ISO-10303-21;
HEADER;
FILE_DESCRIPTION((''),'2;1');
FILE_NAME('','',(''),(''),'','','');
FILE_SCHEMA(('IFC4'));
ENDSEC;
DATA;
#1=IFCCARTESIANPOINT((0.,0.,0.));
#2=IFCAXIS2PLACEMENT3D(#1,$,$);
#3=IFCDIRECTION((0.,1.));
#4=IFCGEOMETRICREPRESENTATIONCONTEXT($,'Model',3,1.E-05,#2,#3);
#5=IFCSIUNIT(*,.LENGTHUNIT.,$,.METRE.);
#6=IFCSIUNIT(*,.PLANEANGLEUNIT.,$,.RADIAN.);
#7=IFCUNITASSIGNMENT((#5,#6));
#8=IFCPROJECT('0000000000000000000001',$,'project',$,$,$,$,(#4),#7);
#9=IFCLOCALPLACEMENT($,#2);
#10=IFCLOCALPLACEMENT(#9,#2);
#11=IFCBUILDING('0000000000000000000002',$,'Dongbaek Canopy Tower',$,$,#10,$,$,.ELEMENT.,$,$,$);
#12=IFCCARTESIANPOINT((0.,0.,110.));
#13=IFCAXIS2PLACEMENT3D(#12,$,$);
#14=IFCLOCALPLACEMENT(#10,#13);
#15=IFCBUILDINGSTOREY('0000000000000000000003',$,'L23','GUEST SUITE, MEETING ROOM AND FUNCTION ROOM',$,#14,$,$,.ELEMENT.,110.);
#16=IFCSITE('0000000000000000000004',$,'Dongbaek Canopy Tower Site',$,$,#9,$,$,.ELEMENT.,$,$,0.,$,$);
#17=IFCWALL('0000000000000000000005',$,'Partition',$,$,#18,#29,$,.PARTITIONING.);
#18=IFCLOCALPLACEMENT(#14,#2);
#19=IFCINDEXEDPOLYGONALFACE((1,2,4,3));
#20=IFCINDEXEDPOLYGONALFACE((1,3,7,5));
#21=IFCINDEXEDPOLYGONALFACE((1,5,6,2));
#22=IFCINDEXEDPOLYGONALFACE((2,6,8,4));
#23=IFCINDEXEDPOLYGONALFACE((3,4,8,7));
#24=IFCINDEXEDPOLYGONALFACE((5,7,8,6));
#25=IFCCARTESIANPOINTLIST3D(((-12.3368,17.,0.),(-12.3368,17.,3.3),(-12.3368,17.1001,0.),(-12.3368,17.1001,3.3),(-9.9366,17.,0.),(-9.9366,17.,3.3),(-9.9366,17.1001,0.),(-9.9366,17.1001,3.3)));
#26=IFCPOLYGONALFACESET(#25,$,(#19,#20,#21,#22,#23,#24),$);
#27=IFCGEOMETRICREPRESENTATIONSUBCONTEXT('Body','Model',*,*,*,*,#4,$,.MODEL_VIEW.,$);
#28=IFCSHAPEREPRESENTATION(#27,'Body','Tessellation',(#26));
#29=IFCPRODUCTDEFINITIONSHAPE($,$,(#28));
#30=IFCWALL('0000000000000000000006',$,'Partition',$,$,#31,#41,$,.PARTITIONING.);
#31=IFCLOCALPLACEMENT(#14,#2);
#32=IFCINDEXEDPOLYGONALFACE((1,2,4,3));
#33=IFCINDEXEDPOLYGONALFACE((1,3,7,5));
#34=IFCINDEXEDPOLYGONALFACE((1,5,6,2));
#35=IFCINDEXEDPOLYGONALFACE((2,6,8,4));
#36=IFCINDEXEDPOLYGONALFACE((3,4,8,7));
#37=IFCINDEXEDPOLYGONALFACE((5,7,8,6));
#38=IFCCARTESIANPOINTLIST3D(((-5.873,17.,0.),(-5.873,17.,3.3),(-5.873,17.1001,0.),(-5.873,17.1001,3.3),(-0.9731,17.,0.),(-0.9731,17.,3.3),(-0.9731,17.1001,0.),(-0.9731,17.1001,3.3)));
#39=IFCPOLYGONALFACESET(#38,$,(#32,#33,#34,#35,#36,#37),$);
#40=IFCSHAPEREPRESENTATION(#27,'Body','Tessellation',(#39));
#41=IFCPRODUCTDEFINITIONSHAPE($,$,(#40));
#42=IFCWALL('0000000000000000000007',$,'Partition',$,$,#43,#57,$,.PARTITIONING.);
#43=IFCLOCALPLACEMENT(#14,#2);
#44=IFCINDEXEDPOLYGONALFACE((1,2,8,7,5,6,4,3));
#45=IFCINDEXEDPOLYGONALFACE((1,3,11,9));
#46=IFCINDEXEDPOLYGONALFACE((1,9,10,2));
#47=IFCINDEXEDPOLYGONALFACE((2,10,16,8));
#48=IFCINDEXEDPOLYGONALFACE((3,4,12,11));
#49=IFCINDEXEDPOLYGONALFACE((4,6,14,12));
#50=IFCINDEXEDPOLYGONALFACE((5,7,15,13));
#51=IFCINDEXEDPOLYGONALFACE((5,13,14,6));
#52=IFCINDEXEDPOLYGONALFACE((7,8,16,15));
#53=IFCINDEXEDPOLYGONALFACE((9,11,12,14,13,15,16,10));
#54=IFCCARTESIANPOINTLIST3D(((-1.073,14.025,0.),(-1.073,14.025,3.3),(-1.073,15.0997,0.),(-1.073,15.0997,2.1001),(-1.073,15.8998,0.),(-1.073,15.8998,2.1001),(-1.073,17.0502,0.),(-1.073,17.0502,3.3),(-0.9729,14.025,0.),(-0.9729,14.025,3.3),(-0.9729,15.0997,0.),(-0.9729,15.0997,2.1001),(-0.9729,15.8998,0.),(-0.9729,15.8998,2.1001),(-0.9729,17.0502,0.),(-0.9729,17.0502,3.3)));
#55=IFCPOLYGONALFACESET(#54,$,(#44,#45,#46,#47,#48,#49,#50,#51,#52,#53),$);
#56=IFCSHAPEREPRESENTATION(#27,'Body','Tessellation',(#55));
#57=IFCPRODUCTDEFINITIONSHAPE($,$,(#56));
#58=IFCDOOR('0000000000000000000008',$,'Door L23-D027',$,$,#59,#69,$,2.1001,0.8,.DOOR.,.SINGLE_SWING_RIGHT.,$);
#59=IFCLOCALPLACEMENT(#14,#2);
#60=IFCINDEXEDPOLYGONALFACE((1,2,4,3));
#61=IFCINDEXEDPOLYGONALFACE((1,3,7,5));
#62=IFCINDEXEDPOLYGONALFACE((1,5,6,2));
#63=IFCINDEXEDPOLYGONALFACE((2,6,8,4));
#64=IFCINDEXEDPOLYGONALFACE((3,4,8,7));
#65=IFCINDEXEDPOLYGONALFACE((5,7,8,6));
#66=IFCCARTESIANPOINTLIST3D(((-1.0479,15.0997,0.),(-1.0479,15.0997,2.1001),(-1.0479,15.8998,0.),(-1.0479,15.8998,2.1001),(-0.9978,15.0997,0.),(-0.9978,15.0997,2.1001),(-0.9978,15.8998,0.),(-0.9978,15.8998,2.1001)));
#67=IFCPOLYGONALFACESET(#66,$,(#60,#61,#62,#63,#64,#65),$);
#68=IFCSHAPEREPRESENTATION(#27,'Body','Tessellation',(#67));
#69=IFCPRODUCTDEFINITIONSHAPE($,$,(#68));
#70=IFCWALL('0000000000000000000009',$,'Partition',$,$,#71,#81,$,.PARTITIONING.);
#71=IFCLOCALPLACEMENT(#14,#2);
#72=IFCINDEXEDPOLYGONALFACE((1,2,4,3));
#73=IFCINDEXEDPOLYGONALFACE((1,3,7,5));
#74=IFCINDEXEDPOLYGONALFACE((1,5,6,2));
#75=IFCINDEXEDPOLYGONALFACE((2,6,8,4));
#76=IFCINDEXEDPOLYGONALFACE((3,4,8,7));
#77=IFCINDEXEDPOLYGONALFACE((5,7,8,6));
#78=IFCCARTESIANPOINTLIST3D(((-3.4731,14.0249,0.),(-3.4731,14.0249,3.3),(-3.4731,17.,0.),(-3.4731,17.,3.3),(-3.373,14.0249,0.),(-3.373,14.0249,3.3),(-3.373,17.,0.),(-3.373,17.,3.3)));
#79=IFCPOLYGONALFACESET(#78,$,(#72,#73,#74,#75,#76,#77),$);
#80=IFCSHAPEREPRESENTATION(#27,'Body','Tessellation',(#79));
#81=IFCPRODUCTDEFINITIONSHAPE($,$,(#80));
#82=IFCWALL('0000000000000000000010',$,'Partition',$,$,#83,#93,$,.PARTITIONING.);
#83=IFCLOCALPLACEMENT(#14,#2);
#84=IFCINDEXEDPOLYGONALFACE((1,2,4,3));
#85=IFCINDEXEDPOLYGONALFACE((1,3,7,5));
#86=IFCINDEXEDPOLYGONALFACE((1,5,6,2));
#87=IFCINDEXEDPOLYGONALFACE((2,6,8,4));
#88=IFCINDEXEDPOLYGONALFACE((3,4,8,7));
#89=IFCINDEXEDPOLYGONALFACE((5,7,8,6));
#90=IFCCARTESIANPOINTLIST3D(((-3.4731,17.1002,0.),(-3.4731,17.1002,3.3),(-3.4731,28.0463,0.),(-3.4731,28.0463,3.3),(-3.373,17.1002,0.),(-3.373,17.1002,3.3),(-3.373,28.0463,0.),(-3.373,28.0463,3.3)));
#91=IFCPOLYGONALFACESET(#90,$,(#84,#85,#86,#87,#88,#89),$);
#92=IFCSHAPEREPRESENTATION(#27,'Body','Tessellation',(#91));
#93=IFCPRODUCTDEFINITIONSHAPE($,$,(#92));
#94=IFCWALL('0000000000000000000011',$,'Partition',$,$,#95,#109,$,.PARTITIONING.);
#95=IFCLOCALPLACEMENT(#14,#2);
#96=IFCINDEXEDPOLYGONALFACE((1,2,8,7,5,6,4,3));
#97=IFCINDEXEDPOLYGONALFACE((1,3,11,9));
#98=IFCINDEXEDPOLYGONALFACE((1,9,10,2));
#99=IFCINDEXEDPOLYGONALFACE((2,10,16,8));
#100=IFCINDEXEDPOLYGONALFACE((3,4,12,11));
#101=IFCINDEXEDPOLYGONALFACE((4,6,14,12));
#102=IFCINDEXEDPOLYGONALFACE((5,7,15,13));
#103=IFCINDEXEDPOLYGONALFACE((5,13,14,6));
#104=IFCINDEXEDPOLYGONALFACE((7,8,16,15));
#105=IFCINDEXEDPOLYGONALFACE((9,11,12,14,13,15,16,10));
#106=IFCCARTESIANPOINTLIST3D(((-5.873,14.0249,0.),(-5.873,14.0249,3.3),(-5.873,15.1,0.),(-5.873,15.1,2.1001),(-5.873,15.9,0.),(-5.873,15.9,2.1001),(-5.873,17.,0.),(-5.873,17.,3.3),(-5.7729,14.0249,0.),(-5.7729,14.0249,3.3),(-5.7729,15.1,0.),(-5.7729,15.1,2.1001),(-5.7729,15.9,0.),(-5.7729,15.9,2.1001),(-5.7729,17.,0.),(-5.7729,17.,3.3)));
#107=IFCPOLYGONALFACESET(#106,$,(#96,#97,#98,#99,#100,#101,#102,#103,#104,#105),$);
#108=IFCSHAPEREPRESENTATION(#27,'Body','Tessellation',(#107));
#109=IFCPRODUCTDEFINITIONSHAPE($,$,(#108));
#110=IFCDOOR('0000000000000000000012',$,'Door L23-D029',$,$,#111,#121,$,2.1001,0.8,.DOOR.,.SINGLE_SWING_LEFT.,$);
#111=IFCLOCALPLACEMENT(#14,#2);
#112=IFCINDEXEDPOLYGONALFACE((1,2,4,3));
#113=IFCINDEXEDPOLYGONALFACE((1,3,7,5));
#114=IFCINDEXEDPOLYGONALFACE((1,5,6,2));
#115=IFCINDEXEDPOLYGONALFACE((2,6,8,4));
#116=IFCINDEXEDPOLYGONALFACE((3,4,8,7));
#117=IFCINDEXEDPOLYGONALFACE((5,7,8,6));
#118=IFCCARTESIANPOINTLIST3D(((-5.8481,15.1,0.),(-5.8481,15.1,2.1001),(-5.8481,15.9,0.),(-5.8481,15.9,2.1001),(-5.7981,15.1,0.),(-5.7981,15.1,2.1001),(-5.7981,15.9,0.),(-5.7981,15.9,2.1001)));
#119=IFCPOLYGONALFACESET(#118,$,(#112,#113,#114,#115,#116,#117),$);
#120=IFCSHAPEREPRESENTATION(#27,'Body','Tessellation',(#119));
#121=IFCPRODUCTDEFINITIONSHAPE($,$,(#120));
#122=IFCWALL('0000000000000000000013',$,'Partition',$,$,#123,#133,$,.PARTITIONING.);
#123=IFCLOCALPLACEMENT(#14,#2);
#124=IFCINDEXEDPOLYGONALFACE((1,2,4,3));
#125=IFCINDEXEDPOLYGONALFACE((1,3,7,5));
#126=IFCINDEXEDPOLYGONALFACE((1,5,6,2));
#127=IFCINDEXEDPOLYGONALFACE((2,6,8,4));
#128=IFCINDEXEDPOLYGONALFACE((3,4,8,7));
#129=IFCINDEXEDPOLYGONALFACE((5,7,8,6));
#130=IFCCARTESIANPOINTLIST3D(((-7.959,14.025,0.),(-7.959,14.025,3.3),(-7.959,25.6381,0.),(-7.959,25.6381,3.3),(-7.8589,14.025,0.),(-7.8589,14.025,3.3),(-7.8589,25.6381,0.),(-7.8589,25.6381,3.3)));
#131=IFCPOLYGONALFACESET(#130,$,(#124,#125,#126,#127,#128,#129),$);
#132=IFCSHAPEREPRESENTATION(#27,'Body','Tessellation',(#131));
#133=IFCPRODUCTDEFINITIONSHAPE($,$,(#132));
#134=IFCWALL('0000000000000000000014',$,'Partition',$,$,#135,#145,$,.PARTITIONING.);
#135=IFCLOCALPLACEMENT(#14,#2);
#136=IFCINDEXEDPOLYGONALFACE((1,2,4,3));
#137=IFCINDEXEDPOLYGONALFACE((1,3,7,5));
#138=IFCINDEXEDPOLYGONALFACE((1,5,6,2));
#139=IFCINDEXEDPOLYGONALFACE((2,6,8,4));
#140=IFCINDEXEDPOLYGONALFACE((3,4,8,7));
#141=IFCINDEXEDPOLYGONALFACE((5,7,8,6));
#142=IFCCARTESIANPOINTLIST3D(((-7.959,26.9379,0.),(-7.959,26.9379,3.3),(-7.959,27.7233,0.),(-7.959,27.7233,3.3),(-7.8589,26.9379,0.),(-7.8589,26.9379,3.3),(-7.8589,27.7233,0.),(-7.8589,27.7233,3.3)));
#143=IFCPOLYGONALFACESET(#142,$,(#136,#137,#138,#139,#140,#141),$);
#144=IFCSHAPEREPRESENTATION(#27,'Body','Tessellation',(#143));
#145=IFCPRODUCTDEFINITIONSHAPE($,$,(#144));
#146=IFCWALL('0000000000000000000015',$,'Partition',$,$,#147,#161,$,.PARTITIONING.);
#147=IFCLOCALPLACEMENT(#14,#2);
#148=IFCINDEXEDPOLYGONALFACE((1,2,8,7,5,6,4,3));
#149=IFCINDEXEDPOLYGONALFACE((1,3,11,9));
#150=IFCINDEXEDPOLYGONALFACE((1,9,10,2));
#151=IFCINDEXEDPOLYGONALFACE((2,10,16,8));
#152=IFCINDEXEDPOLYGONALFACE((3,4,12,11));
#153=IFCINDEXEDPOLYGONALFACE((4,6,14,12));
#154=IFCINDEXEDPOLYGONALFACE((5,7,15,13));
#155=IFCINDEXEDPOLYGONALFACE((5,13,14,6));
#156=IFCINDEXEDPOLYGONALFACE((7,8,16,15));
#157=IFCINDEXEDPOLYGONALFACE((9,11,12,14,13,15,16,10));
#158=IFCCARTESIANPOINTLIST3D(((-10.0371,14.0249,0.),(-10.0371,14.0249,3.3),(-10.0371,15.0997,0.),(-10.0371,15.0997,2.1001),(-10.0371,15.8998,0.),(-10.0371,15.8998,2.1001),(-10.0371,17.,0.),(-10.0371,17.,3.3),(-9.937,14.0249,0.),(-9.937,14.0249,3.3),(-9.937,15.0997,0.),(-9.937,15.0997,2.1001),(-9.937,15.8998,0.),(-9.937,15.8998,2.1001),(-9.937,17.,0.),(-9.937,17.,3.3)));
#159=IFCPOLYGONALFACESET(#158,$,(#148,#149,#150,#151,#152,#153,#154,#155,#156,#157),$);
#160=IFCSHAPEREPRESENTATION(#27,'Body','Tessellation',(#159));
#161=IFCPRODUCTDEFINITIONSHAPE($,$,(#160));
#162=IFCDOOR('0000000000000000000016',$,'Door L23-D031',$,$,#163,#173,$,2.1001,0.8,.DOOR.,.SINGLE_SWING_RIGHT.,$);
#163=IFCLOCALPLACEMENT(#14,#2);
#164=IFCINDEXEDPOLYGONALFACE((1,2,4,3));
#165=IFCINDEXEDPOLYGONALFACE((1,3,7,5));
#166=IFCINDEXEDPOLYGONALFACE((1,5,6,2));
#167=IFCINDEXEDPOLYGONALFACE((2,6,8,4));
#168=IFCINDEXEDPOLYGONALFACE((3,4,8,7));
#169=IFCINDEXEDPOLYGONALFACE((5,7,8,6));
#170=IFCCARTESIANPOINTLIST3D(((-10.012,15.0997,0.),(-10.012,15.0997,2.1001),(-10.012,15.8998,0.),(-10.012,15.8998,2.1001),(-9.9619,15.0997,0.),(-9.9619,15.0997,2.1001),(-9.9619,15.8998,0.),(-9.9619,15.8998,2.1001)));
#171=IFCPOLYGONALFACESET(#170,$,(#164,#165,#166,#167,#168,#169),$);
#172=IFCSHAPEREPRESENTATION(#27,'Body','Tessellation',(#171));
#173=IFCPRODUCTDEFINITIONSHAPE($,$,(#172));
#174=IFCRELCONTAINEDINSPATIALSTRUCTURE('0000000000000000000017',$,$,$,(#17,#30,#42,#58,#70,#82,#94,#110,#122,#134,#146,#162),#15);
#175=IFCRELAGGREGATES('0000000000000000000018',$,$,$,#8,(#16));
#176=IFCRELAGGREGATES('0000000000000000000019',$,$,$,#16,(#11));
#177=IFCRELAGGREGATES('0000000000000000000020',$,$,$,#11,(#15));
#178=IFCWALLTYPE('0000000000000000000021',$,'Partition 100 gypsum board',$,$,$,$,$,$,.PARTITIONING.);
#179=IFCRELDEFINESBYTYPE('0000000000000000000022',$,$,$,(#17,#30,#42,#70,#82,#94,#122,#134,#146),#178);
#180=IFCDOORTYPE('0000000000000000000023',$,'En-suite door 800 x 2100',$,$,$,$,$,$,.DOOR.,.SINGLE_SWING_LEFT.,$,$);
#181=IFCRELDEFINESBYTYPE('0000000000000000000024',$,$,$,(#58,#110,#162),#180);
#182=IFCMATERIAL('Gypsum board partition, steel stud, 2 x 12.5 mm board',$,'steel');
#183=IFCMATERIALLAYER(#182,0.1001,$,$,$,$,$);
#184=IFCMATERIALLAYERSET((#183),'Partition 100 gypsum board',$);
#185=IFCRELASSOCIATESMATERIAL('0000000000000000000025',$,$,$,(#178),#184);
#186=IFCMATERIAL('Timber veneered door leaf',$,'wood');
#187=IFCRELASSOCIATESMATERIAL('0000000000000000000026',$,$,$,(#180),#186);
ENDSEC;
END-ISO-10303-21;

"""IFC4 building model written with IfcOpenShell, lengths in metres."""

from ifc_helpers import new_model, si_unit, direction, frame, frame_2d, origin, place, context, subcontext, project, spatial, rectangle, extrude, material, layer, layer_set, type_object, element, fill, save


model = new_model("IFC4")

# Units and contexts
model_context = context("Model", 3, precision=1e-05, world=origin(), true_north=direction((0.0, 1.0)))
body_context = subcontext(model_context, "Body", "Model", "MODEL_VIEW")
ifc_project = project(units=[si_unit("LENGTHUNIT", "METRE"), si_unit("PLANEANGLEUNIT", "RADIAN")], contexts=[model_context])

# Site, building, storey
site_placement = place(None, origin())
site = spatial("IfcSite", under=ifc_project, at=site_placement, Name="Dongbaek Canopy Tower Site", CompositionType="ELEMENT", RefElevation=0.0)
building_placement = place(site_placement, origin())
building = spatial("IfcBuilding", under=site, at=building_placement, Name="Dongbaek Canopy Tower", CompositionType="ELEMENT")
storey_placement = place(building_placement, frame((0.0, 0.0, 110.0)))
storey = spatial("IfcBuildingStorey", under=building, at=storey_placement, Name="L23", Description="GUEST SUITE, MEETING ROOM AND FUNCTION ROOM", CompositionType="ELEMENT", Elevation=110.0)

# Walls
ifc_material_1 = material(Name="Gypsum board partition, steel stud, 2 x 12.5 mm board", Category="steel")
ifc_layer_1 = layer(ifc_material_1, 0.1001)
ifc_layer_set_1 = layer_set([ifc_layer_1], Name="Partition 100 gypsum board")
wall_type_1 = type_object("IfcWallType", Name="Partition 100 gypsum board", PredefinedType="PARTITIONING", material=ifc_layer_set_1)
wall_1_placement = place(storey_placement, frame((-12.3369, 17.05, 0.0), z_axis=(0.0, 0.0, 1.0), x_axis=(1.0, 0.0, 0.0)))
element("IfcWall", 1, at=wall_1_placement, inside=storey, type_object=wall_type_1, Name="Partition", PredefinedType="PARTITIONING", context=body_context, shape_type="SweptSolid", body=[
    extrude(rectangle(XDim=2.4001, YDim=0.1001, at=frame_2d((1.2002, 0.0))), origin(), (0.0, 0.0, 1.0), 3.3),
])
wall_2_placement = place(storey_placement, frame((-5.873, 17.05, 0.0), z_axis=(0.0, 0.0, 1.0), x_axis=(1.0, 0.0, 0.0)))
element("IfcWall", 2, at=wall_2_placement, inside=storey, type_object=wall_type_1, Name="Partition", PredefinedType="PARTITIONING", context=body_context, shape_type="SweptSolid", body=[
    extrude(rectangle(XDim=4.8999, YDim=0.1001, at=frame_2d((2.45, 0.0))), origin(), (0.0, 0.0, 1.0), 3.3),
])

# Wall, opening, door
wall_3_placement = place(storey_placement, frame((-1.0229, 14.0249, 0.0), z_axis=(0.0, 0.0, 1.0), x_axis=(0.0, 1.0, 0.0)))
wall_3 = element("IfcWall", 3, at=wall_3_placement, inside=storey, type_object=wall_type_1, Name="Partition", PredefinedType="PARTITIONING", context=body_context, shape_type="SweptSolid", body=[
    extrude(rectangle(XDim=3.0251, YDim=0.1001, at=frame_2d((1.5127, 0.0))), origin(), (0.0, 0.0, 1.0), 3.3),
])
opening_1_placement = place(wall_3_placement, frame((1.075, 0.0, 0.0)))
opening_1 = element("IfcOpeningElement", 4, at=opening_1_placement, cuts=wall_3, PredefinedType="OPENING", context=body_context, shape_type="SweptSolid", body=[
    extrude(rectangle(XDim=0.8, YDim=2.1001, at=frame_2d((0.3999, 1.05))), frame((0.0, 0.0601, 0.0), z_axis=(0.0, -1.0, 0.0), x_axis=(1.0, 0.0, 0.0)), (0.0, 0.0, 1.0), 0.1201),
])
ifc_material_2 = material(Name="Timber veneered door leaf", Category="wood")
door_type_1 = type_object("IfcDoorType", Name="En-suite door 800 x 2100", OperationType="SINGLE_SWING_LEFT", PredefinedType="DOOR", material=ifc_material_2)
door_1_placement = place(opening_1_placement, origin())
door_1 = element("IfcDoor", 5, at=door_1_placement, inside=storey, type_object=door_type_1, Name="Door L23-D027", OperationType="SINGLE_SWING_RIGHT", OverallHeight=2.1001, OverallWidth=0.8, PredefinedType="DOOR", context=body_context, shape_type="SweptSolid", body=[
    extrude(rectangle(XDim=0.8, YDim=2.1001, at=frame_2d((0.3999, 1.05))), frame((0.0, 0.0249, 0.0), z_axis=(0.0, -1.0, 0.0), x_axis=(1.0, 0.0, 0.0)), (0.0, 0.0, 1.0), 0.05),
])
fill(opening_1, door_1)

# Walls
wall_4_placement = place(storey_placement, frame((-3.4231, 14.0249, 0.0), z_axis=(0.0, 0.0, 1.0), x_axis=(0.0, 1.0, 0.0)))
element("IfcWall", 6, at=wall_4_placement, inside=storey, type_object=wall_type_1, Name="Partition", PredefinedType="PARTITIONING", context=body_context, shape_type="SweptSolid", body=[
    extrude(rectangle(XDim=2.9751, YDim=0.1001, at=frame_2d((1.4875, 0.0))), origin(), (0.0, 0.0, 1.0), 3.3),
])
wall_5_placement = place(storey_placement, frame((-3.4231, 17.1001, 0.0), z_axis=(0.0, 0.0, 1.0), x_axis=(0.0, 1.0, 0.0)))
element("IfcWall", 7, at=wall_5_placement, inside=storey, type_object=wall_type_1, Name="Partition", PredefinedType="PARTITIONING", context=body_context, shape_type="SweptSolid", body=[
    extrude(rectangle(XDim=10.946, YDim=0.1001, at=frame_2d((5.4731, 0.0))), origin(), (0.0, 0.0, 1.0), 3.3),
])

# Wall, opening, door
wall_6_placement = place(storey_placement, frame((-5.823, 17.0, 0.0), z_axis=(0.0, 0.0, 1.0), x_axis=(0.0, -1.0, 0.0)))
wall_6 = element("IfcWall", 8, at=wall_6_placement, inside=storey, type_object=wall_type_1, Name="Partition", PredefinedType="PARTITIONING", context=body_context, shape_type="SweptSolid", body=[
    extrude(rectangle(XDim=2.9751, YDim=0.1001, at=frame_2d((1.4875, 0.0))), origin(), (0.0, 0.0, 1.0), 3.3),
])
opening_2_placement = place(wall_6_placement, frame((1.1001, 0.0, 0.0)))
opening_2 = element("IfcOpeningElement", 9, at=opening_2_placement, cuts=wall_6, PredefinedType="OPENING", context=body_context, shape_type="SweptSolid", body=[
    extrude(rectangle(XDim=0.8, YDim=2.1001, at=frame_2d((0.3999, 1.05))), frame((0.0, 0.0601, 0.0), z_axis=(0.0, -1.0, 0.0), x_axis=(1.0, 0.0, 0.0)), (0.0, 0.0, 1.0), 0.1201),
])
door_2_placement = place(opening_2_placement, origin())
door_2 = element("IfcDoor", 10, at=door_2_placement, inside=storey, type_object=door_type_1, Name="Door L23-D029", OperationType="SINGLE_SWING_LEFT", OverallHeight=2.1001, OverallWidth=0.8, PredefinedType="DOOR", context=body_context, shape_type="SweptSolid", body=[
    extrude(rectangle(XDim=0.8, YDim=2.1001, at=frame_2d((0.3999, 1.05))), frame((0.0, 0.0249, 0.0), z_axis=(0.0, -1.0, 0.0), x_axis=(1.0, 0.0, 0.0)), (0.0, 0.0, 1.0), 0.05),
])
fill(opening_2, door_2)

# Walls
wall_7_placement = place(storey_placement, frame((-7.9089, 14.0249, 0.0), z_axis=(0.0, 0.0, 1.0), x_axis=(0.0, 1.0, 0.0)))
element("IfcWall", 11, at=wall_7_placement, inside=storey, type_object=wall_type_1, Name="Partition", PredefinedType="PARTITIONING", context=body_context, shape_type="SweptSolid", body=[
    extrude(rectangle(XDim=11.613, YDim=0.1001, at=frame_2d((5.8066, 0.0))), origin(), (0.0, 0.0, 1.0), 3.3),
])
wall_8_placement = place(storey_placement, frame((-7.9089, 26.938, 0.0), z_axis=(0.0, 0.0, 1.0), x_axis=(0.0, 1.0, 0.0)))
element("IfcWall", 12, at=wall_8_placement, inside=storey, type_object=wall_type_1, Name="Partition", PredefinedType="PARTITIONING", context=body_context, shape_type="SweptSolid", body=[
    extrude(rectangle(XDim=0.7854, YDim=0.1001, at=frame_2d((0.3926, 0.0))), origin(), (0.0, 0.0, 1.0), 3.3),
])

# Wall, opening, door
wall_9_placement = place(storey_placement, frame((-9.9871, 14.0249, 0.0), z_axis=(0.0, 0.0, 1.0), x_axis=(0.0, 1.0, 0.0)))
wall_9 = element("IfcWall", 13, at=wall_9_placement, inside=storey, type_object=wall_type_1, Name="Partition", PredefinedType="PARTITIONING", context=body_context, shape_type="SweptSolid", body=[
    extrude(rectangle(XDim=2.9751, YDim=0.1001, at=frame_2d((1.4875, 0.0))), origin(), (0.0, 0.0, 1.0), 3.3),
])
opening_3_placement = place(wall_9_placement, frame((1.075, 0.0, 0.0)))
opening_3 = element("IfcOpeningElement", 14, at=opening_3_placement, cuts=wall_9, PredefinedType="OPENING", context=body_context, shape_type="SweptSolid", body=[
    extrude(rectangle(XDim=0.8, YDim=2.1001, at=frame_2d((0.3999, 1.05))), frame((0.0, 0.0601, 0.0), z_axis=(0.0, -1.0, 0.0), x_axis=(1.0, 0.0, 0.0)), (0.0, 0.0, 1.0), 0.1201),
])
door_3_placement = place(opening_3_placement, origin())
door_3 = element("IfcDoor", 15, at=door_3_placement, inside=storey, type_object=door_type_1, Name="Door L23-D031", OperationType="SINGLE_SWING_RIGHT", OverallHeight=2.1001, OverallWidth=0.8, PredefinedType="DOOR", context=body_context, shape_type="SweptSolid", body=[
    extrude(rectangle(XDim=0.8, YDim=2.1001, at=frame_2d((0.3999, 1.05))), frame((0.0, 0.0249, 0.0), z_axis=(0.0, -1.0, 0.0), x_axis=(1.0, 0.0, 0.0)), (0.0, 0.0, 1.0), 0.05),
])
fill(opening_3, door_3)

save(model, "model.ifc")
